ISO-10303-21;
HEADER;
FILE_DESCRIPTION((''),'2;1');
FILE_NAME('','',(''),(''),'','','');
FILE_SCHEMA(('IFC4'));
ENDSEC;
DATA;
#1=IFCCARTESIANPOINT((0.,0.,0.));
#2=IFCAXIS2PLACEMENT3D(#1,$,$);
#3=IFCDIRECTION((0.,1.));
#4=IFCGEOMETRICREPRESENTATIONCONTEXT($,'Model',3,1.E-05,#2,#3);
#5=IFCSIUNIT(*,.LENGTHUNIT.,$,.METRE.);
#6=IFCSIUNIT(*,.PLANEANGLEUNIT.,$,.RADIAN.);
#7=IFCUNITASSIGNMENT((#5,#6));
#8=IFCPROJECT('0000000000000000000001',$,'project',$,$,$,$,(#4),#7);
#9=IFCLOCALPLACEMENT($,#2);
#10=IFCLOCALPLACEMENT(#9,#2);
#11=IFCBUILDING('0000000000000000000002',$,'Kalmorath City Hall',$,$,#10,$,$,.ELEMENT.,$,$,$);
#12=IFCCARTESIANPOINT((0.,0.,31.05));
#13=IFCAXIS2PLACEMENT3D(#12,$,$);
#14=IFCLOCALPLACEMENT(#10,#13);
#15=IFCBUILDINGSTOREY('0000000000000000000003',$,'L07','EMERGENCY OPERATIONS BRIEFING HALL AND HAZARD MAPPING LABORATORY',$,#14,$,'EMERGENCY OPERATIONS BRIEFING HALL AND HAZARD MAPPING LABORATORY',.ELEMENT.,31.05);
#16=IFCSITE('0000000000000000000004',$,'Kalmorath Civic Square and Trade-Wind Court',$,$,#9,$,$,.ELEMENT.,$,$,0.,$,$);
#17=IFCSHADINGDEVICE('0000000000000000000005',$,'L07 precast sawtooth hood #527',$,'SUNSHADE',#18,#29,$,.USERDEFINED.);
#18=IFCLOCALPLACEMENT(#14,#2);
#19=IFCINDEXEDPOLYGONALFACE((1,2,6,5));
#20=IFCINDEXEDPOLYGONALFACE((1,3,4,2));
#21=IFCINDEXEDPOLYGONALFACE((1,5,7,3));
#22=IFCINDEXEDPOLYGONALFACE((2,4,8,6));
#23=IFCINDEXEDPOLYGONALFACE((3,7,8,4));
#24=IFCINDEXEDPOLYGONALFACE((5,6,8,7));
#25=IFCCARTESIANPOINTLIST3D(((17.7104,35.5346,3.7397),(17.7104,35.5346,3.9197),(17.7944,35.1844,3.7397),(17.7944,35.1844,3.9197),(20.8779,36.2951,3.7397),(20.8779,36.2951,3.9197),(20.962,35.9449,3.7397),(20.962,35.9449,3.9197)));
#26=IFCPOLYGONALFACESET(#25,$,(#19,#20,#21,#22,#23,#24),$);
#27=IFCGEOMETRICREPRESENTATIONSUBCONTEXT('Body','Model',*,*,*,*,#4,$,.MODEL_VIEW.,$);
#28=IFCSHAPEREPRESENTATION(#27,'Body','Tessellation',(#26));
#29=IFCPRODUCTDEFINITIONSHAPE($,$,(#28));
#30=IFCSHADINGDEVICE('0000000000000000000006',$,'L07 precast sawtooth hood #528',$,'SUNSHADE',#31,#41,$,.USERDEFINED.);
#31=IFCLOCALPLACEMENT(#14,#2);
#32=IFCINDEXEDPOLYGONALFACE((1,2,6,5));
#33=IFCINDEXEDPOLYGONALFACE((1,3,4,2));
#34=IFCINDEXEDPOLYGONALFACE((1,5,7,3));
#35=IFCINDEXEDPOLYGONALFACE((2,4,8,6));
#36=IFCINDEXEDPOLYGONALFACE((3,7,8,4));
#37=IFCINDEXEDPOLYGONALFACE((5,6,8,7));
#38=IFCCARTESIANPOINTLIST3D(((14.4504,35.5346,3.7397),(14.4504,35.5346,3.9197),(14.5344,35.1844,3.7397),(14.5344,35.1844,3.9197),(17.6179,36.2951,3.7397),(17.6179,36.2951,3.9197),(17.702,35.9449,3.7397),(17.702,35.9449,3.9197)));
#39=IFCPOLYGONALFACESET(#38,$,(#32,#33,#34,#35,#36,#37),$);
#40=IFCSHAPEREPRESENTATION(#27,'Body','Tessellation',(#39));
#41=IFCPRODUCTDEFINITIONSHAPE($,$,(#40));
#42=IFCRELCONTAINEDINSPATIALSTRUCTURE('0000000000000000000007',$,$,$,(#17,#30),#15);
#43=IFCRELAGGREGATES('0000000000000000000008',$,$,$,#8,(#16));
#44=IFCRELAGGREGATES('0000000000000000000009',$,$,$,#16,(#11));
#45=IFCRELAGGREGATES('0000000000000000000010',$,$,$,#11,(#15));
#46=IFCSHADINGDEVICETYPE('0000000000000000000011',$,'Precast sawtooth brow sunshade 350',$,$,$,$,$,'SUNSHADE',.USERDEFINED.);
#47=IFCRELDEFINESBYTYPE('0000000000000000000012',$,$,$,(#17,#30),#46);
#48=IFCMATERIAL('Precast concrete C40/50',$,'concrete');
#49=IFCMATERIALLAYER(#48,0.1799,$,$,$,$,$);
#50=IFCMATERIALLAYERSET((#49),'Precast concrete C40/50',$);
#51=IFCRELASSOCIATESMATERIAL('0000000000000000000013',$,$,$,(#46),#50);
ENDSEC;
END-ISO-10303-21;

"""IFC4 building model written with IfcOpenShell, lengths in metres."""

from ifc_helpers import new_model, si_unit, direction, frame, origin, origin_2d, place, context, subcontext, project, spatial, rectangle, extrude, material, layer, layer_set, type_object, element, save


model = new_model("IFC4")

# Units and contexts
model_context = context("Model", 3, precision=1e-05, world=origin(), true_north=direction((0.0, 1.0)))
body_context = subcontext(model_context, "Body", "Model", "MODEL_VIEW")
ifc_project = project(units=[si_unit("LENGTHUNIT", "METRE"), si_unit("PLANEANGLEUNIT", "RADIAN")], contexts=[model_context])

# Site, building, storey
site_placement = place(None, origin())
site = spatial("IfcSite", under=ifc_project, at=site_placement, Name="Kalmorath Civic Square and Trade-Wind Court", CompositionType="ELEMENT", RefElevation=0.0)
building_placement = place(site_placement, origin())
building = spatial("IfcBuilding", under=site, at=building_placement, Name="Kalmorath City Hall", CompositionType="ELEMENT")
storey_placement = place(building_placement, frame((0.0, 0.0, 31.05)))
storey = spatial("IfcBuildingStorey", under=building, at=storey_placement, Name="L07", Description="EMERGENCY OPERATIONS BRIEFING HALL AND HAZARD MAPPING LABORATORY", LongName="EMERGENCY OPERATIONS BRIEFING HALL AND HAZARD MAPPING LABORATORY", CompositionType="ELEMENT", Elevation=31.05)

# Shading devices
ifc_material_1 = material(Name="Precast concrete C40/50", Category="concrete")
ifc_layer_1 = layer(ifc_material_1, 0.1799)
ifc_layer_set_1 = layer_set([ifc_layer_1], Name="Precast concrete C40/50")
shading_device_type_1 = type_object("IfcShadingDeviceType", Name="Precast sawtooth brow sunshade 350", ElementType="SUNSHADE", PredefinedType="USERDEFINED", material=ifc_layer_set_1)
for number, where, z_axis, x_axis, name in (
    (1, (19.3362, 35.7397, 3.7397), (0.0, 0.0, 1.0), (-0.972366, -0.233462, 0.0), "L07 precast sawtooth hood #527"),
    (2, (16.0762, 35.7397, 3.7397), (0.0, 0.0, 1.0), (-0.972366, -0.233462, 0.0), "L07 precast sawtooth hood #528"),
):
    element("IfcShadingDevice", number, at=place(storey_placement, frame(where, z_axis=z_axis, x_axis=x_axis)), inside=storey, type_object=shading_device_type_1, Name=name, ObjectType="SUNSHADE", PredefinedType="USERDEFINED", context=body_context, shape_type="SweptSolid", body=[
        extrude(rectangle(XDim=3.2576, YDim=0.3601, at=origin_2d()), origin(), (0.0, 0.0, 1.0), 0.1799),
    ])

save(model, "model.ifc")
